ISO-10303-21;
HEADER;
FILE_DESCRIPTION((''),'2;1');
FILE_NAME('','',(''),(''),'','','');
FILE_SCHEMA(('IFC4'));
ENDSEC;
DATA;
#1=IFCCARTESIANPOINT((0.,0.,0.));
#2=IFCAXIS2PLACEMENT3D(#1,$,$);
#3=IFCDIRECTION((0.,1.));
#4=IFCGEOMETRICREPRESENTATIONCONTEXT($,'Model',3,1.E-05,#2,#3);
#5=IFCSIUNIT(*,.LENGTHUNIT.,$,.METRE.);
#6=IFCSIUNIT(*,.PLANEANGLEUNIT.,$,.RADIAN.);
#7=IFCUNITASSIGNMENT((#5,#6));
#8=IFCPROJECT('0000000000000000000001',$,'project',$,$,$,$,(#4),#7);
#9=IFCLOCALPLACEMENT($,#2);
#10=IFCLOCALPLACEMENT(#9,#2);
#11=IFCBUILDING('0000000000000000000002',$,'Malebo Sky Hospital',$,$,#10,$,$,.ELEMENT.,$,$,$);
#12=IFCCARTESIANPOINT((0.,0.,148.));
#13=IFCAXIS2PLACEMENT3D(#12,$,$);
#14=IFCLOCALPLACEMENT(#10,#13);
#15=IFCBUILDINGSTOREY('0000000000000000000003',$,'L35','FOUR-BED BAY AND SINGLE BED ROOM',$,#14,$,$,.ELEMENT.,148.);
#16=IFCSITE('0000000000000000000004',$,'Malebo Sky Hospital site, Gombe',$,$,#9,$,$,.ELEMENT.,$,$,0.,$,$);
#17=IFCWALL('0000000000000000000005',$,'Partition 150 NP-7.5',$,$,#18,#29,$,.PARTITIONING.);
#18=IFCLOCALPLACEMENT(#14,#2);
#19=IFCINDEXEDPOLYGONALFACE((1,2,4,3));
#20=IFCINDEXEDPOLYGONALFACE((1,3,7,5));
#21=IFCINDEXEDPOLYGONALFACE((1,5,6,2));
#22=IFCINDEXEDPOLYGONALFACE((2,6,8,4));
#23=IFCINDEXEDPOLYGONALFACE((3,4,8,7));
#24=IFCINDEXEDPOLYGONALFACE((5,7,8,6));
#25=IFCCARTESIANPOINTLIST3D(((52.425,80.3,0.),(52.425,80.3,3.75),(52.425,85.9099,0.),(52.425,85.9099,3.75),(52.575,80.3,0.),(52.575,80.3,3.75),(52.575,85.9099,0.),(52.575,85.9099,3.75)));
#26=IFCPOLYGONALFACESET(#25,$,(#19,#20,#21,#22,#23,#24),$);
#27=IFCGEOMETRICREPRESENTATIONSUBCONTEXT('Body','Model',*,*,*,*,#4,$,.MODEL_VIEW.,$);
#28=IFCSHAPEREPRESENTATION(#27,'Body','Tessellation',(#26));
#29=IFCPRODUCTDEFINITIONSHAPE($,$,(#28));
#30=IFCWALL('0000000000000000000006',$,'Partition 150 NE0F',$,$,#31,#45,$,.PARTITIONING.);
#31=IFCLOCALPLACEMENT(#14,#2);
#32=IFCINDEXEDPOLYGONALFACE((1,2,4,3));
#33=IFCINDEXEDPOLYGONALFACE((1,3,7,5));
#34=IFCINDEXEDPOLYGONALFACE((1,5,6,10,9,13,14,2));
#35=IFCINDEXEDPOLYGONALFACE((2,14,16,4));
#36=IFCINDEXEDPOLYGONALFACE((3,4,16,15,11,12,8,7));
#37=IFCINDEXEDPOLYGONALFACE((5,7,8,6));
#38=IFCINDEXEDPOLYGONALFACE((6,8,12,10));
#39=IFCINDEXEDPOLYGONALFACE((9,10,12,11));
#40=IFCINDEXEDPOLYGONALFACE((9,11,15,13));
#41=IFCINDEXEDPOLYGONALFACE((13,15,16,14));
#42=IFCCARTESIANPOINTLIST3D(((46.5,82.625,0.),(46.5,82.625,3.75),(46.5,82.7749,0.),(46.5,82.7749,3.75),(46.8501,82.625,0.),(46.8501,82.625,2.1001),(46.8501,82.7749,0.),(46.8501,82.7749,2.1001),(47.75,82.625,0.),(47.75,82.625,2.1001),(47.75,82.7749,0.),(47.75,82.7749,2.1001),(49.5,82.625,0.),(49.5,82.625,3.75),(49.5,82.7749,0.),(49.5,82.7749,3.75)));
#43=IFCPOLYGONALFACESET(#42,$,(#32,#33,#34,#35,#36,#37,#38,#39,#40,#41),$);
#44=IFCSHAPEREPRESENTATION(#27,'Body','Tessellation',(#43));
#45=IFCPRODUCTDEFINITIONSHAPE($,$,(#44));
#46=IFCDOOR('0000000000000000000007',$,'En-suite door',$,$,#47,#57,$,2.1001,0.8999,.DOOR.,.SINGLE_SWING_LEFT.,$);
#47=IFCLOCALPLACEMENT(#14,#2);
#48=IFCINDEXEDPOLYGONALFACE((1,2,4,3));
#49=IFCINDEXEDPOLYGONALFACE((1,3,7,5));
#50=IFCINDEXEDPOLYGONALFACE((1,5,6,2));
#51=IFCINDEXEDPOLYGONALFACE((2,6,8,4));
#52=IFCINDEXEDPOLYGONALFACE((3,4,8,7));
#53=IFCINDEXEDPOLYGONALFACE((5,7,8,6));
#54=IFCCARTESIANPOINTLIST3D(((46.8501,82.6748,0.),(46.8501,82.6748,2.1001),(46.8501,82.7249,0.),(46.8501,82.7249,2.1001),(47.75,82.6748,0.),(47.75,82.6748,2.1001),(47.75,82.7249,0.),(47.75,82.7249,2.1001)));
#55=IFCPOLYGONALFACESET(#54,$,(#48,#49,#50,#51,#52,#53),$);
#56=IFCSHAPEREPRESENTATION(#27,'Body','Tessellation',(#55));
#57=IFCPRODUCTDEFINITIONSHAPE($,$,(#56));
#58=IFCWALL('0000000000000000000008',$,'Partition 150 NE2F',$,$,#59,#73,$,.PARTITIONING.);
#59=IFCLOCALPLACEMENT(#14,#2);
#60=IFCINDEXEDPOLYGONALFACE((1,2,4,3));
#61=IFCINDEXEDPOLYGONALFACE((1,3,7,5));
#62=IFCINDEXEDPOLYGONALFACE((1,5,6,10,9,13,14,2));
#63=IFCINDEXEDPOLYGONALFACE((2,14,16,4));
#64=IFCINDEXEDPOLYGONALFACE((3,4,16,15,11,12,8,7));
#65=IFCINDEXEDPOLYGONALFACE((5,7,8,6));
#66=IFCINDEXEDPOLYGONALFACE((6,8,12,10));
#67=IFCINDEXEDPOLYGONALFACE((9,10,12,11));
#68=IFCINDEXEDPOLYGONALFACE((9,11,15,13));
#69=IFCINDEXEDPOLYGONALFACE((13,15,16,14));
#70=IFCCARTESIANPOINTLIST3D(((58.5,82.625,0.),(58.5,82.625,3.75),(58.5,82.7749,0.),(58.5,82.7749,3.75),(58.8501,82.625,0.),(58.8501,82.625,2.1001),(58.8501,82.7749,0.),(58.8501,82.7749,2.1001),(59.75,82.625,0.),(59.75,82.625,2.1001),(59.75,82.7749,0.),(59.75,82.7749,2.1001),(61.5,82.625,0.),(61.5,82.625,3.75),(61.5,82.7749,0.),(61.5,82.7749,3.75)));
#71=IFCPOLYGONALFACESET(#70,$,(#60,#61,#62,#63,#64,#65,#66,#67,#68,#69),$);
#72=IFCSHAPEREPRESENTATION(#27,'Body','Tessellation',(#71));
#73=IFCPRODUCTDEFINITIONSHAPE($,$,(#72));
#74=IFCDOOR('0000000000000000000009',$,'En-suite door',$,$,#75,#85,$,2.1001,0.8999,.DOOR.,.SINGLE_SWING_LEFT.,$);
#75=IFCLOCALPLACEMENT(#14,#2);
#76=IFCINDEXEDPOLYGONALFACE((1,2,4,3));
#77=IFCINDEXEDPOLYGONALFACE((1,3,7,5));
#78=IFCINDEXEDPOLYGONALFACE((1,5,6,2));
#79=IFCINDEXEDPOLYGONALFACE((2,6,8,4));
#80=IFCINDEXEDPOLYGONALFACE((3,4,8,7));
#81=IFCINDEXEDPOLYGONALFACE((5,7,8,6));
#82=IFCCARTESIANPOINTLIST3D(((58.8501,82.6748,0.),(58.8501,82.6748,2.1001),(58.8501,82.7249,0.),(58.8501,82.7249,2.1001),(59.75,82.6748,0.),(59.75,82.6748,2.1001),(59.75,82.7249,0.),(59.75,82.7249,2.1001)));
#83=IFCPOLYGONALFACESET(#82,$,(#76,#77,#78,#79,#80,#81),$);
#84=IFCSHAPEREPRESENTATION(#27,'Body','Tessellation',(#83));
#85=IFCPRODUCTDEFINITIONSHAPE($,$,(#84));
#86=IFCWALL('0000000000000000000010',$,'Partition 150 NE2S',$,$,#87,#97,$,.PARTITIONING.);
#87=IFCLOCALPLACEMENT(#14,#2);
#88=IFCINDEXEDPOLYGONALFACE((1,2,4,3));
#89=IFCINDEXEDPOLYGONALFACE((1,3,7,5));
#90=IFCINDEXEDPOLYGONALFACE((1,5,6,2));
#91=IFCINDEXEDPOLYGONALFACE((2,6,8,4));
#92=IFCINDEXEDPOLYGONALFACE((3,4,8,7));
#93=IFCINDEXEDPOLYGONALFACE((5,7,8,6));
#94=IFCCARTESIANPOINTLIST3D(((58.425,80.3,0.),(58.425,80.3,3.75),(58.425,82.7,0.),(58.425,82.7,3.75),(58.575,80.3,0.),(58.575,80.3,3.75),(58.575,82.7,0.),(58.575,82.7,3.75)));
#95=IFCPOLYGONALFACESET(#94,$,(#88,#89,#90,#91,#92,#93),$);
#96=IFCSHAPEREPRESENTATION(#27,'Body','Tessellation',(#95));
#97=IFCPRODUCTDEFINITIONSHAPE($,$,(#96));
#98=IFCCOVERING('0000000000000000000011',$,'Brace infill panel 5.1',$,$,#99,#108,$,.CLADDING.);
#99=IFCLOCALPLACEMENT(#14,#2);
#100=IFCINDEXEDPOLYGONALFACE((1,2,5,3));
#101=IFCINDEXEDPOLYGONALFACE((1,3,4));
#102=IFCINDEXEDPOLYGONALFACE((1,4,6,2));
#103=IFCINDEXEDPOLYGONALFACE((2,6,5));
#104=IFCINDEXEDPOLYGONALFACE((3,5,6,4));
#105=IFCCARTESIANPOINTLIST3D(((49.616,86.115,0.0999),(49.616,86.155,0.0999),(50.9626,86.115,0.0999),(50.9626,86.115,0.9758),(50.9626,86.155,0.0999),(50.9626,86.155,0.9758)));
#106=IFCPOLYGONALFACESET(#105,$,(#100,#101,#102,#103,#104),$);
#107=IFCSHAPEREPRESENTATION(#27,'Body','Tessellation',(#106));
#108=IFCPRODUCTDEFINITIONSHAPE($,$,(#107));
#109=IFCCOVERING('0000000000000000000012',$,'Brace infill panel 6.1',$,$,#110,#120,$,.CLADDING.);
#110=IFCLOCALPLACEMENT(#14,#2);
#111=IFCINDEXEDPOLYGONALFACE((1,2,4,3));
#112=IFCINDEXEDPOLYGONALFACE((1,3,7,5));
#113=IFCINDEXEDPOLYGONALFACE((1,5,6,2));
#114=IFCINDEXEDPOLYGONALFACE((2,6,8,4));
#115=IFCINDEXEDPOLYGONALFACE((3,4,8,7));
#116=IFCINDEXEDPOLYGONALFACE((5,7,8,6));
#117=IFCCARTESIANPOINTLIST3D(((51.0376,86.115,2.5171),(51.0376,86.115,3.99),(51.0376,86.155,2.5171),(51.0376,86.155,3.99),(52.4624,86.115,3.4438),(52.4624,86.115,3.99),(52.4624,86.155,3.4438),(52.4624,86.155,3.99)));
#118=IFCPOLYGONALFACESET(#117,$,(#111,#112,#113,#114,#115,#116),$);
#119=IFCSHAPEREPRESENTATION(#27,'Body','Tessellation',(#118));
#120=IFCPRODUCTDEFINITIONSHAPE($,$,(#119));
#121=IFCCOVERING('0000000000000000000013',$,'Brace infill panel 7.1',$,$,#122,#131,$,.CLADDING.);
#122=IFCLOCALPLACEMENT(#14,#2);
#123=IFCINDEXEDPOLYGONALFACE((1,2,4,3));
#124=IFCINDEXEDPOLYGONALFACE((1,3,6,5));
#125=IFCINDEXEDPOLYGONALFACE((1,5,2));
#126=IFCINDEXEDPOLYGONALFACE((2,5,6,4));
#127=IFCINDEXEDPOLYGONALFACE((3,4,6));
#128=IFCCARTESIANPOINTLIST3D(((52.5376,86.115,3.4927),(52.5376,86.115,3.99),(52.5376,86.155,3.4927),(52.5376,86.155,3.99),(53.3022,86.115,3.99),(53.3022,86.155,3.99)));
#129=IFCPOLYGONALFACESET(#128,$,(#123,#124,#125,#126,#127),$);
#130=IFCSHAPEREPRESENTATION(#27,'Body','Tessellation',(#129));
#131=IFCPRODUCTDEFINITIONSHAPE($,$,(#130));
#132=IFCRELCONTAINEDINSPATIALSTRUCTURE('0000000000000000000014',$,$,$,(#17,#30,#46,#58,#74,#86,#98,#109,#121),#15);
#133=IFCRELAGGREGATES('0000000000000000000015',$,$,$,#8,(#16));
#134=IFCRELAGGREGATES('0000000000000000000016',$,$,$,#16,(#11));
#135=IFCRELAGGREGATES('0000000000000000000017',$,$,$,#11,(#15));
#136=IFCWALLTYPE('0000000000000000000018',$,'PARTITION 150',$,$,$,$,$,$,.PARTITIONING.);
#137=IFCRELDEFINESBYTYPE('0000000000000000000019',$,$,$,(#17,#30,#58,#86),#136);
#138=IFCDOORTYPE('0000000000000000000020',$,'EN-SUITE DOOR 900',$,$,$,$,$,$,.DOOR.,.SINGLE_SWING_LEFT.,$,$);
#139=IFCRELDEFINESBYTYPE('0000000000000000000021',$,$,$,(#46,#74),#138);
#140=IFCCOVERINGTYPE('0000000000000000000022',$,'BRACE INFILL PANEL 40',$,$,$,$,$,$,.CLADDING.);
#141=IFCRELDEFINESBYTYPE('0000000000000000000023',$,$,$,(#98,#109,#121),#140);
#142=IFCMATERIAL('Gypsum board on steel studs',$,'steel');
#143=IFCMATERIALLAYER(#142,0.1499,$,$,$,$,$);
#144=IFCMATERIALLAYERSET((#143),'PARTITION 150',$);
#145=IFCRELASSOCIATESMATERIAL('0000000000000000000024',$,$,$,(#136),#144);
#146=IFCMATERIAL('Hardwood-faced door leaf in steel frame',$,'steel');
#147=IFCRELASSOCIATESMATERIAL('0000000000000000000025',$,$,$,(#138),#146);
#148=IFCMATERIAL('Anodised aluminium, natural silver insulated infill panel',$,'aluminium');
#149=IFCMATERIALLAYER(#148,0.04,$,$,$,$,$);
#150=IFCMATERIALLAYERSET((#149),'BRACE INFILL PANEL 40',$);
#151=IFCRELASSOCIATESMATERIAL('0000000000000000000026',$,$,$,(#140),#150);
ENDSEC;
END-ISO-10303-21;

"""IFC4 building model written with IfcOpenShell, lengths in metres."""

from ifc_helpers import new_model, si_unit, direction, frame, frame_2d, origin, place, context, subcontext, project, spatial, polyline, rectangle, outline, extrude, material, layer, layer_set, type_object, element, fill, save


model = new_model("IFC4")

# Units and contexts
model_context = context("Model", 3, precision=1e-05, world=origin(), true_north=direction((0.0, 1.0)))
body_context = subcontext(model_context, "Body", "Model", "MODEL_VIEW")
ifc_project = project(units=[si_unit("LENGTHUNIT", "METRE"), si_unit("PLANEANGLEUNIT", "RADIAN")], contexts=[model_context])

# Site, building, storey
site_placement = place(None, origin())
site = spatial("IfcSite", under=ifc_project, at=site_placement, Name="Malebo Sky Hospital site, Gombe", CompositionType="ELEMENT", RefElevation=0.0)
building_placement = place(site_placement, origin())
building = spatial("IfcBuilding", under=site, at=building_placement, Name="Malebo Sky Hospital", CompositionType="ELEMENT")
storey_placement = place(building_placement, frame((0.0, 0.0, 148.0)))
storey = spatial("IfcBuildingStorey", under=building, at=storey_placement, Name="L35", Description="FOUR-BED BAY AND SINGLE BED ROOM", CompositionType="ELEMENT", Elevation=148.0)

# Wall
ifc_material_1 = material(Name="Gypsum board on steel studs", Category="steel")
ifc_layer_1 = layer(ifc_material_1, 0.1499)
ifc_layer_set_1 = layer_set([ifc_layer_1], Name="PARTITION 150")
wall_type = type_object("IfcWallType", Name="PARTITION 150", PredefinedType="PARTITIONING", material=ifc_layer_set_1)
wall_1_placement = place(storey_placement, frame((52.5, 80.3, 0.0), z_axis=(0.0, 0.0, 1.0), x_axis=(0.0, 1.0, 0.0)))
element("IfcWall", 1, at=wall_1_placement, inside=storey, type_object=wall_type, Name="Partition 150 NP-7.5", PredefinedType="PARTITIONING", context=body_context, shape_type="SweptSolid", body=[
    extrude(rectangle(XDim=5.6099, YDim=0.1499, at=frame_2d((2.8049, 0.0))), origin(), (0.0, 0.0, 1.0), 3.75),
])

# Walls, openings, doors
wall_2_placement = place(storey_placement, frame((46.5, 82.7, 0.0), z_axis=(0.0, 0.0, 1.0), x_axis=(1.0, 0.0, 0.0)))
wall_2 = element("IfcWall", 2, at=wall_2_placement, inside=storey, type_object=wall_type, Name="Partition 150 NE0F", PredefinedType="PARTITIONING", context=body_context, shape_type="SweptSolid", body=[
    extrude(rectangle(XDim=3.0, YDim=0.1499, at=frame_2d((1.5, 0.0))), origin(), (0.0, 0.0, 1.0), 3.75),
])
opening_1_placement = place(wall_2_placement, frame((0.3501, 0.0, 0.0)))
opening_1 = element("IfcOpeningElement", 3, at=opening_1_placement, cuts=wall_2, PredefinedType="OPENING", context=body_context, shape_type="SweptSolid", body=[
    extrude(rectangle(XDim=0.8999, YDim=2.1001, at=frame_2d((0.45, 1.05))), frame((0.0, 0.085, 0.0), z_axis=(0.0, -1.0, 0.0), x_axis=(1.0, 0.0, 0.0)), (0.0, 0.0, 1.0), 0.1699),
])
ifc_material_2 = material(Name="Hardwood-faced door leaf in steel frame", Category="steel")
door_type = type_object("IfcDoorType", Name="EN-SUITE DOOR 900", OperationType="SINGLE_SWING_LEFT", PredefinedType="DOOR", material=ifc_material_2)
door_1_placement = place(opening_1_placement, origin())
door_1 = element("IfcDoor", 4, at=door_1_placement, inside=storey, type_object=door_type, Name="En-suite door", OperationType="SINGLE_SWING_LEFT", OverallHeight=2.1001, OverallWidth=0.8999, PredefinedType="DOOR", context=body_context, shape_type="SweptSolid", body=[
    extrude(rectangle(XDim=0.8999, YDim=2.1001, at=frame_2d((0.45, 1.05))), frame((0.0, 0.0249, 0.0), z_axis=(0.0, -1.0, 0.0), x_axis=(1.0, 0.0, 0.0)), (0.0, 0.0, 1.0), 0.05),
])
fill(opening_1, door_1)
wall_3_placement = place(storey_placement, frame((58.5, 82.7, 0.0), z_axis=(0.0, 0.0, 1.0), x_axis=(1.0, 0.0, 0.0)))
wall_3 = element("IfcWall", 5, at=wall_3_placement, inside=storey, type_object=wall_type, Name="Partition 150 NE2F", PredefinedType="PARTITIONING", context=body_context, shape_type="SweptSolid", body=[
    extrude(rectangle(XDim=3.0, YDim=0.1499, at=frame_2d((1.5, 0.0))), origin(), (0.0, 0.0, 1.0), 3.75),
])
opening_2_placement = place(wall_3_placement, frame((0.3501, 0.0, 0.0)))
opening_2 = element("IfcOpeningElement", 6, at=opening_2_placement, cuts=wall_3, PredefinedType="OPENING", context=body_context, shape_type="SweptSolid", body=[
    extrude(rectangle(XDim=0.8999, YDim=2.1001, at=frame_2d((0.45, 1.05))), frame((0.0, 0.085, 0.0), z_axis=(0.0, -1.0, 0.0), x_axis=(1.0, 0.0, 0.0)), (0.0, 0.0, 1.0), 0.1699),
])
door_2_placement = place(opening_2_placement, origin())
door_2 = element("IfcDoor", 7, at=door_2_placement, inside=storey, type_object=door_type, Name="En-suite door", OperationType="SINGLE_SWING_LEFT", OverallHeight=2.1001, OverallWidth=0.8999, PredefinedType="DOOR", context=body_context, shape_type="SweptSolid", body=[
    extrude(rectangle(XDim=0.8999, YDim=2.1001, at=frame_2d((0.45, 1.05))), frame((0.0, 0.0249, 0.0), z_axis=(0.0, -1.0, 0.0), x_axis=(1.0, 0.0, 0.0)), (0.0, 0.0, 1.0), 0.05),
])
fill(opening_2, door_2)

# Wall
wall_4_placement = place(storey_placement, frame((58.5, 80.3, 0.0), z_axis=(0.0, 0.0, 1.0), x_axis=(0.0, 1.0, 0.0)))
element("IfcWall", 8, at=wall_4_placement, inside=storey, type_object=wall_type, Name="Partition 150 NE2S", PredefinedType="PARTITIONING", context=body_context, shape_type="SweptSolid", body=[
    extrude(rectangle(XDim=2.3999, YDim=0.1499, at=frame_2d((1.2, 0.0))), origin(), (0.0, 0.0, 1.0), 3.75),
])

# Coverings
ifc_material_3 = material(Name="Anodised aluminium, natural silver insulated infill panel", Category="aluminium")
ifc_layer_2 = layer(ifc_material_3, 0.04)
ifc_layer_set_2 = layer_set([ifc_layer_2], Name="BRACE INFILL PANEL 40")
covering_type = type_object("IfcCoveringType", Name="BRACE INFILL PANEL 40", PredefinedType="CLADDING", material=ifc_layer_set_2)
covering_1_placement = place(storey_placement, frame((50.2893, 86.135, 0.0999), z_axis=(0.0, 0.0, 1.0), x_axis=(1.0, 0.0, 0.0)))
element("IfcCovering", 9, at=covering_1_placement, inside=storey, type_object=covering_type, Name="Brace infill panel 5.1", PredefinedType="CLADDING", context=body_context, shape_type="SweptSolid", body=[
    extrude(outline(polyline([(-0.6733, 0.0), (0.6733, 0.0), (0.6733, 0.876), (-0.6733, 0.0)])), frame((0.0, 0.02, 0.0), z_axis=(0.0, -1.0, 0.0), x_axis=(1.0, 0.0, 0.0)), (0.0, 0.0, 1.0), 0.04),
])
covering_2_placement = place(storey_placement, frame((51.75, 86.135, 2.5171), z_axis=(0.0, 0.0, 1.0), x_axis=(1.0, 0.0, 0.0)))
element("IfcCovering", 10, at=covering_2_placement, inside=storey, type_object=covering_type, Name="Brace infill panel 6.1", PredefinedType="CLADDING", context=body_context, shape_type="SweptSolid", body=[
    extrude(outline(polyline([(-0.7124, 0.0), (0.7124, 0.9268), (0.7124, 1.4729), (-0.7124, 1.4729), (-0.7124, 0.0)])), frame((0.0, 0.02, 0.0), z_axis=(0.0, -1.0, 0.0), x_axis=(1.0, 0.0, 0.0)), (0.0, 0.0, 1.0), 0.04),
])
covering_3_placement = place(storey_placement, frame((52.9199, 86.135, 3.4927), z_axis=(0.0, 0.0, 1.0), x_axis=(1.0, 0.0, 0.0)))
element("IfcCovering", 11, at=covering_3_placement, inside=storey, type_object=covering_type, Name="Brace infill panel 7.1", PredefinedType="CLADDING", context=body_context, shape_type="SweptSolid", body=[
    extrude(outline(polyline([(-0.3823, 0.0), (0.3823, 0.4973), (-0.3823, 0.4973), (-0.3823, 0.0)])), frame((0.0, 0.02, 0.0), z_axis=(0.0, -1.0, 0.0), x_axis=(1.0, 0.0, 0.0)), (0.0, 0.0, 1.0), 0.04),
])

save(model, "model.ifc")
